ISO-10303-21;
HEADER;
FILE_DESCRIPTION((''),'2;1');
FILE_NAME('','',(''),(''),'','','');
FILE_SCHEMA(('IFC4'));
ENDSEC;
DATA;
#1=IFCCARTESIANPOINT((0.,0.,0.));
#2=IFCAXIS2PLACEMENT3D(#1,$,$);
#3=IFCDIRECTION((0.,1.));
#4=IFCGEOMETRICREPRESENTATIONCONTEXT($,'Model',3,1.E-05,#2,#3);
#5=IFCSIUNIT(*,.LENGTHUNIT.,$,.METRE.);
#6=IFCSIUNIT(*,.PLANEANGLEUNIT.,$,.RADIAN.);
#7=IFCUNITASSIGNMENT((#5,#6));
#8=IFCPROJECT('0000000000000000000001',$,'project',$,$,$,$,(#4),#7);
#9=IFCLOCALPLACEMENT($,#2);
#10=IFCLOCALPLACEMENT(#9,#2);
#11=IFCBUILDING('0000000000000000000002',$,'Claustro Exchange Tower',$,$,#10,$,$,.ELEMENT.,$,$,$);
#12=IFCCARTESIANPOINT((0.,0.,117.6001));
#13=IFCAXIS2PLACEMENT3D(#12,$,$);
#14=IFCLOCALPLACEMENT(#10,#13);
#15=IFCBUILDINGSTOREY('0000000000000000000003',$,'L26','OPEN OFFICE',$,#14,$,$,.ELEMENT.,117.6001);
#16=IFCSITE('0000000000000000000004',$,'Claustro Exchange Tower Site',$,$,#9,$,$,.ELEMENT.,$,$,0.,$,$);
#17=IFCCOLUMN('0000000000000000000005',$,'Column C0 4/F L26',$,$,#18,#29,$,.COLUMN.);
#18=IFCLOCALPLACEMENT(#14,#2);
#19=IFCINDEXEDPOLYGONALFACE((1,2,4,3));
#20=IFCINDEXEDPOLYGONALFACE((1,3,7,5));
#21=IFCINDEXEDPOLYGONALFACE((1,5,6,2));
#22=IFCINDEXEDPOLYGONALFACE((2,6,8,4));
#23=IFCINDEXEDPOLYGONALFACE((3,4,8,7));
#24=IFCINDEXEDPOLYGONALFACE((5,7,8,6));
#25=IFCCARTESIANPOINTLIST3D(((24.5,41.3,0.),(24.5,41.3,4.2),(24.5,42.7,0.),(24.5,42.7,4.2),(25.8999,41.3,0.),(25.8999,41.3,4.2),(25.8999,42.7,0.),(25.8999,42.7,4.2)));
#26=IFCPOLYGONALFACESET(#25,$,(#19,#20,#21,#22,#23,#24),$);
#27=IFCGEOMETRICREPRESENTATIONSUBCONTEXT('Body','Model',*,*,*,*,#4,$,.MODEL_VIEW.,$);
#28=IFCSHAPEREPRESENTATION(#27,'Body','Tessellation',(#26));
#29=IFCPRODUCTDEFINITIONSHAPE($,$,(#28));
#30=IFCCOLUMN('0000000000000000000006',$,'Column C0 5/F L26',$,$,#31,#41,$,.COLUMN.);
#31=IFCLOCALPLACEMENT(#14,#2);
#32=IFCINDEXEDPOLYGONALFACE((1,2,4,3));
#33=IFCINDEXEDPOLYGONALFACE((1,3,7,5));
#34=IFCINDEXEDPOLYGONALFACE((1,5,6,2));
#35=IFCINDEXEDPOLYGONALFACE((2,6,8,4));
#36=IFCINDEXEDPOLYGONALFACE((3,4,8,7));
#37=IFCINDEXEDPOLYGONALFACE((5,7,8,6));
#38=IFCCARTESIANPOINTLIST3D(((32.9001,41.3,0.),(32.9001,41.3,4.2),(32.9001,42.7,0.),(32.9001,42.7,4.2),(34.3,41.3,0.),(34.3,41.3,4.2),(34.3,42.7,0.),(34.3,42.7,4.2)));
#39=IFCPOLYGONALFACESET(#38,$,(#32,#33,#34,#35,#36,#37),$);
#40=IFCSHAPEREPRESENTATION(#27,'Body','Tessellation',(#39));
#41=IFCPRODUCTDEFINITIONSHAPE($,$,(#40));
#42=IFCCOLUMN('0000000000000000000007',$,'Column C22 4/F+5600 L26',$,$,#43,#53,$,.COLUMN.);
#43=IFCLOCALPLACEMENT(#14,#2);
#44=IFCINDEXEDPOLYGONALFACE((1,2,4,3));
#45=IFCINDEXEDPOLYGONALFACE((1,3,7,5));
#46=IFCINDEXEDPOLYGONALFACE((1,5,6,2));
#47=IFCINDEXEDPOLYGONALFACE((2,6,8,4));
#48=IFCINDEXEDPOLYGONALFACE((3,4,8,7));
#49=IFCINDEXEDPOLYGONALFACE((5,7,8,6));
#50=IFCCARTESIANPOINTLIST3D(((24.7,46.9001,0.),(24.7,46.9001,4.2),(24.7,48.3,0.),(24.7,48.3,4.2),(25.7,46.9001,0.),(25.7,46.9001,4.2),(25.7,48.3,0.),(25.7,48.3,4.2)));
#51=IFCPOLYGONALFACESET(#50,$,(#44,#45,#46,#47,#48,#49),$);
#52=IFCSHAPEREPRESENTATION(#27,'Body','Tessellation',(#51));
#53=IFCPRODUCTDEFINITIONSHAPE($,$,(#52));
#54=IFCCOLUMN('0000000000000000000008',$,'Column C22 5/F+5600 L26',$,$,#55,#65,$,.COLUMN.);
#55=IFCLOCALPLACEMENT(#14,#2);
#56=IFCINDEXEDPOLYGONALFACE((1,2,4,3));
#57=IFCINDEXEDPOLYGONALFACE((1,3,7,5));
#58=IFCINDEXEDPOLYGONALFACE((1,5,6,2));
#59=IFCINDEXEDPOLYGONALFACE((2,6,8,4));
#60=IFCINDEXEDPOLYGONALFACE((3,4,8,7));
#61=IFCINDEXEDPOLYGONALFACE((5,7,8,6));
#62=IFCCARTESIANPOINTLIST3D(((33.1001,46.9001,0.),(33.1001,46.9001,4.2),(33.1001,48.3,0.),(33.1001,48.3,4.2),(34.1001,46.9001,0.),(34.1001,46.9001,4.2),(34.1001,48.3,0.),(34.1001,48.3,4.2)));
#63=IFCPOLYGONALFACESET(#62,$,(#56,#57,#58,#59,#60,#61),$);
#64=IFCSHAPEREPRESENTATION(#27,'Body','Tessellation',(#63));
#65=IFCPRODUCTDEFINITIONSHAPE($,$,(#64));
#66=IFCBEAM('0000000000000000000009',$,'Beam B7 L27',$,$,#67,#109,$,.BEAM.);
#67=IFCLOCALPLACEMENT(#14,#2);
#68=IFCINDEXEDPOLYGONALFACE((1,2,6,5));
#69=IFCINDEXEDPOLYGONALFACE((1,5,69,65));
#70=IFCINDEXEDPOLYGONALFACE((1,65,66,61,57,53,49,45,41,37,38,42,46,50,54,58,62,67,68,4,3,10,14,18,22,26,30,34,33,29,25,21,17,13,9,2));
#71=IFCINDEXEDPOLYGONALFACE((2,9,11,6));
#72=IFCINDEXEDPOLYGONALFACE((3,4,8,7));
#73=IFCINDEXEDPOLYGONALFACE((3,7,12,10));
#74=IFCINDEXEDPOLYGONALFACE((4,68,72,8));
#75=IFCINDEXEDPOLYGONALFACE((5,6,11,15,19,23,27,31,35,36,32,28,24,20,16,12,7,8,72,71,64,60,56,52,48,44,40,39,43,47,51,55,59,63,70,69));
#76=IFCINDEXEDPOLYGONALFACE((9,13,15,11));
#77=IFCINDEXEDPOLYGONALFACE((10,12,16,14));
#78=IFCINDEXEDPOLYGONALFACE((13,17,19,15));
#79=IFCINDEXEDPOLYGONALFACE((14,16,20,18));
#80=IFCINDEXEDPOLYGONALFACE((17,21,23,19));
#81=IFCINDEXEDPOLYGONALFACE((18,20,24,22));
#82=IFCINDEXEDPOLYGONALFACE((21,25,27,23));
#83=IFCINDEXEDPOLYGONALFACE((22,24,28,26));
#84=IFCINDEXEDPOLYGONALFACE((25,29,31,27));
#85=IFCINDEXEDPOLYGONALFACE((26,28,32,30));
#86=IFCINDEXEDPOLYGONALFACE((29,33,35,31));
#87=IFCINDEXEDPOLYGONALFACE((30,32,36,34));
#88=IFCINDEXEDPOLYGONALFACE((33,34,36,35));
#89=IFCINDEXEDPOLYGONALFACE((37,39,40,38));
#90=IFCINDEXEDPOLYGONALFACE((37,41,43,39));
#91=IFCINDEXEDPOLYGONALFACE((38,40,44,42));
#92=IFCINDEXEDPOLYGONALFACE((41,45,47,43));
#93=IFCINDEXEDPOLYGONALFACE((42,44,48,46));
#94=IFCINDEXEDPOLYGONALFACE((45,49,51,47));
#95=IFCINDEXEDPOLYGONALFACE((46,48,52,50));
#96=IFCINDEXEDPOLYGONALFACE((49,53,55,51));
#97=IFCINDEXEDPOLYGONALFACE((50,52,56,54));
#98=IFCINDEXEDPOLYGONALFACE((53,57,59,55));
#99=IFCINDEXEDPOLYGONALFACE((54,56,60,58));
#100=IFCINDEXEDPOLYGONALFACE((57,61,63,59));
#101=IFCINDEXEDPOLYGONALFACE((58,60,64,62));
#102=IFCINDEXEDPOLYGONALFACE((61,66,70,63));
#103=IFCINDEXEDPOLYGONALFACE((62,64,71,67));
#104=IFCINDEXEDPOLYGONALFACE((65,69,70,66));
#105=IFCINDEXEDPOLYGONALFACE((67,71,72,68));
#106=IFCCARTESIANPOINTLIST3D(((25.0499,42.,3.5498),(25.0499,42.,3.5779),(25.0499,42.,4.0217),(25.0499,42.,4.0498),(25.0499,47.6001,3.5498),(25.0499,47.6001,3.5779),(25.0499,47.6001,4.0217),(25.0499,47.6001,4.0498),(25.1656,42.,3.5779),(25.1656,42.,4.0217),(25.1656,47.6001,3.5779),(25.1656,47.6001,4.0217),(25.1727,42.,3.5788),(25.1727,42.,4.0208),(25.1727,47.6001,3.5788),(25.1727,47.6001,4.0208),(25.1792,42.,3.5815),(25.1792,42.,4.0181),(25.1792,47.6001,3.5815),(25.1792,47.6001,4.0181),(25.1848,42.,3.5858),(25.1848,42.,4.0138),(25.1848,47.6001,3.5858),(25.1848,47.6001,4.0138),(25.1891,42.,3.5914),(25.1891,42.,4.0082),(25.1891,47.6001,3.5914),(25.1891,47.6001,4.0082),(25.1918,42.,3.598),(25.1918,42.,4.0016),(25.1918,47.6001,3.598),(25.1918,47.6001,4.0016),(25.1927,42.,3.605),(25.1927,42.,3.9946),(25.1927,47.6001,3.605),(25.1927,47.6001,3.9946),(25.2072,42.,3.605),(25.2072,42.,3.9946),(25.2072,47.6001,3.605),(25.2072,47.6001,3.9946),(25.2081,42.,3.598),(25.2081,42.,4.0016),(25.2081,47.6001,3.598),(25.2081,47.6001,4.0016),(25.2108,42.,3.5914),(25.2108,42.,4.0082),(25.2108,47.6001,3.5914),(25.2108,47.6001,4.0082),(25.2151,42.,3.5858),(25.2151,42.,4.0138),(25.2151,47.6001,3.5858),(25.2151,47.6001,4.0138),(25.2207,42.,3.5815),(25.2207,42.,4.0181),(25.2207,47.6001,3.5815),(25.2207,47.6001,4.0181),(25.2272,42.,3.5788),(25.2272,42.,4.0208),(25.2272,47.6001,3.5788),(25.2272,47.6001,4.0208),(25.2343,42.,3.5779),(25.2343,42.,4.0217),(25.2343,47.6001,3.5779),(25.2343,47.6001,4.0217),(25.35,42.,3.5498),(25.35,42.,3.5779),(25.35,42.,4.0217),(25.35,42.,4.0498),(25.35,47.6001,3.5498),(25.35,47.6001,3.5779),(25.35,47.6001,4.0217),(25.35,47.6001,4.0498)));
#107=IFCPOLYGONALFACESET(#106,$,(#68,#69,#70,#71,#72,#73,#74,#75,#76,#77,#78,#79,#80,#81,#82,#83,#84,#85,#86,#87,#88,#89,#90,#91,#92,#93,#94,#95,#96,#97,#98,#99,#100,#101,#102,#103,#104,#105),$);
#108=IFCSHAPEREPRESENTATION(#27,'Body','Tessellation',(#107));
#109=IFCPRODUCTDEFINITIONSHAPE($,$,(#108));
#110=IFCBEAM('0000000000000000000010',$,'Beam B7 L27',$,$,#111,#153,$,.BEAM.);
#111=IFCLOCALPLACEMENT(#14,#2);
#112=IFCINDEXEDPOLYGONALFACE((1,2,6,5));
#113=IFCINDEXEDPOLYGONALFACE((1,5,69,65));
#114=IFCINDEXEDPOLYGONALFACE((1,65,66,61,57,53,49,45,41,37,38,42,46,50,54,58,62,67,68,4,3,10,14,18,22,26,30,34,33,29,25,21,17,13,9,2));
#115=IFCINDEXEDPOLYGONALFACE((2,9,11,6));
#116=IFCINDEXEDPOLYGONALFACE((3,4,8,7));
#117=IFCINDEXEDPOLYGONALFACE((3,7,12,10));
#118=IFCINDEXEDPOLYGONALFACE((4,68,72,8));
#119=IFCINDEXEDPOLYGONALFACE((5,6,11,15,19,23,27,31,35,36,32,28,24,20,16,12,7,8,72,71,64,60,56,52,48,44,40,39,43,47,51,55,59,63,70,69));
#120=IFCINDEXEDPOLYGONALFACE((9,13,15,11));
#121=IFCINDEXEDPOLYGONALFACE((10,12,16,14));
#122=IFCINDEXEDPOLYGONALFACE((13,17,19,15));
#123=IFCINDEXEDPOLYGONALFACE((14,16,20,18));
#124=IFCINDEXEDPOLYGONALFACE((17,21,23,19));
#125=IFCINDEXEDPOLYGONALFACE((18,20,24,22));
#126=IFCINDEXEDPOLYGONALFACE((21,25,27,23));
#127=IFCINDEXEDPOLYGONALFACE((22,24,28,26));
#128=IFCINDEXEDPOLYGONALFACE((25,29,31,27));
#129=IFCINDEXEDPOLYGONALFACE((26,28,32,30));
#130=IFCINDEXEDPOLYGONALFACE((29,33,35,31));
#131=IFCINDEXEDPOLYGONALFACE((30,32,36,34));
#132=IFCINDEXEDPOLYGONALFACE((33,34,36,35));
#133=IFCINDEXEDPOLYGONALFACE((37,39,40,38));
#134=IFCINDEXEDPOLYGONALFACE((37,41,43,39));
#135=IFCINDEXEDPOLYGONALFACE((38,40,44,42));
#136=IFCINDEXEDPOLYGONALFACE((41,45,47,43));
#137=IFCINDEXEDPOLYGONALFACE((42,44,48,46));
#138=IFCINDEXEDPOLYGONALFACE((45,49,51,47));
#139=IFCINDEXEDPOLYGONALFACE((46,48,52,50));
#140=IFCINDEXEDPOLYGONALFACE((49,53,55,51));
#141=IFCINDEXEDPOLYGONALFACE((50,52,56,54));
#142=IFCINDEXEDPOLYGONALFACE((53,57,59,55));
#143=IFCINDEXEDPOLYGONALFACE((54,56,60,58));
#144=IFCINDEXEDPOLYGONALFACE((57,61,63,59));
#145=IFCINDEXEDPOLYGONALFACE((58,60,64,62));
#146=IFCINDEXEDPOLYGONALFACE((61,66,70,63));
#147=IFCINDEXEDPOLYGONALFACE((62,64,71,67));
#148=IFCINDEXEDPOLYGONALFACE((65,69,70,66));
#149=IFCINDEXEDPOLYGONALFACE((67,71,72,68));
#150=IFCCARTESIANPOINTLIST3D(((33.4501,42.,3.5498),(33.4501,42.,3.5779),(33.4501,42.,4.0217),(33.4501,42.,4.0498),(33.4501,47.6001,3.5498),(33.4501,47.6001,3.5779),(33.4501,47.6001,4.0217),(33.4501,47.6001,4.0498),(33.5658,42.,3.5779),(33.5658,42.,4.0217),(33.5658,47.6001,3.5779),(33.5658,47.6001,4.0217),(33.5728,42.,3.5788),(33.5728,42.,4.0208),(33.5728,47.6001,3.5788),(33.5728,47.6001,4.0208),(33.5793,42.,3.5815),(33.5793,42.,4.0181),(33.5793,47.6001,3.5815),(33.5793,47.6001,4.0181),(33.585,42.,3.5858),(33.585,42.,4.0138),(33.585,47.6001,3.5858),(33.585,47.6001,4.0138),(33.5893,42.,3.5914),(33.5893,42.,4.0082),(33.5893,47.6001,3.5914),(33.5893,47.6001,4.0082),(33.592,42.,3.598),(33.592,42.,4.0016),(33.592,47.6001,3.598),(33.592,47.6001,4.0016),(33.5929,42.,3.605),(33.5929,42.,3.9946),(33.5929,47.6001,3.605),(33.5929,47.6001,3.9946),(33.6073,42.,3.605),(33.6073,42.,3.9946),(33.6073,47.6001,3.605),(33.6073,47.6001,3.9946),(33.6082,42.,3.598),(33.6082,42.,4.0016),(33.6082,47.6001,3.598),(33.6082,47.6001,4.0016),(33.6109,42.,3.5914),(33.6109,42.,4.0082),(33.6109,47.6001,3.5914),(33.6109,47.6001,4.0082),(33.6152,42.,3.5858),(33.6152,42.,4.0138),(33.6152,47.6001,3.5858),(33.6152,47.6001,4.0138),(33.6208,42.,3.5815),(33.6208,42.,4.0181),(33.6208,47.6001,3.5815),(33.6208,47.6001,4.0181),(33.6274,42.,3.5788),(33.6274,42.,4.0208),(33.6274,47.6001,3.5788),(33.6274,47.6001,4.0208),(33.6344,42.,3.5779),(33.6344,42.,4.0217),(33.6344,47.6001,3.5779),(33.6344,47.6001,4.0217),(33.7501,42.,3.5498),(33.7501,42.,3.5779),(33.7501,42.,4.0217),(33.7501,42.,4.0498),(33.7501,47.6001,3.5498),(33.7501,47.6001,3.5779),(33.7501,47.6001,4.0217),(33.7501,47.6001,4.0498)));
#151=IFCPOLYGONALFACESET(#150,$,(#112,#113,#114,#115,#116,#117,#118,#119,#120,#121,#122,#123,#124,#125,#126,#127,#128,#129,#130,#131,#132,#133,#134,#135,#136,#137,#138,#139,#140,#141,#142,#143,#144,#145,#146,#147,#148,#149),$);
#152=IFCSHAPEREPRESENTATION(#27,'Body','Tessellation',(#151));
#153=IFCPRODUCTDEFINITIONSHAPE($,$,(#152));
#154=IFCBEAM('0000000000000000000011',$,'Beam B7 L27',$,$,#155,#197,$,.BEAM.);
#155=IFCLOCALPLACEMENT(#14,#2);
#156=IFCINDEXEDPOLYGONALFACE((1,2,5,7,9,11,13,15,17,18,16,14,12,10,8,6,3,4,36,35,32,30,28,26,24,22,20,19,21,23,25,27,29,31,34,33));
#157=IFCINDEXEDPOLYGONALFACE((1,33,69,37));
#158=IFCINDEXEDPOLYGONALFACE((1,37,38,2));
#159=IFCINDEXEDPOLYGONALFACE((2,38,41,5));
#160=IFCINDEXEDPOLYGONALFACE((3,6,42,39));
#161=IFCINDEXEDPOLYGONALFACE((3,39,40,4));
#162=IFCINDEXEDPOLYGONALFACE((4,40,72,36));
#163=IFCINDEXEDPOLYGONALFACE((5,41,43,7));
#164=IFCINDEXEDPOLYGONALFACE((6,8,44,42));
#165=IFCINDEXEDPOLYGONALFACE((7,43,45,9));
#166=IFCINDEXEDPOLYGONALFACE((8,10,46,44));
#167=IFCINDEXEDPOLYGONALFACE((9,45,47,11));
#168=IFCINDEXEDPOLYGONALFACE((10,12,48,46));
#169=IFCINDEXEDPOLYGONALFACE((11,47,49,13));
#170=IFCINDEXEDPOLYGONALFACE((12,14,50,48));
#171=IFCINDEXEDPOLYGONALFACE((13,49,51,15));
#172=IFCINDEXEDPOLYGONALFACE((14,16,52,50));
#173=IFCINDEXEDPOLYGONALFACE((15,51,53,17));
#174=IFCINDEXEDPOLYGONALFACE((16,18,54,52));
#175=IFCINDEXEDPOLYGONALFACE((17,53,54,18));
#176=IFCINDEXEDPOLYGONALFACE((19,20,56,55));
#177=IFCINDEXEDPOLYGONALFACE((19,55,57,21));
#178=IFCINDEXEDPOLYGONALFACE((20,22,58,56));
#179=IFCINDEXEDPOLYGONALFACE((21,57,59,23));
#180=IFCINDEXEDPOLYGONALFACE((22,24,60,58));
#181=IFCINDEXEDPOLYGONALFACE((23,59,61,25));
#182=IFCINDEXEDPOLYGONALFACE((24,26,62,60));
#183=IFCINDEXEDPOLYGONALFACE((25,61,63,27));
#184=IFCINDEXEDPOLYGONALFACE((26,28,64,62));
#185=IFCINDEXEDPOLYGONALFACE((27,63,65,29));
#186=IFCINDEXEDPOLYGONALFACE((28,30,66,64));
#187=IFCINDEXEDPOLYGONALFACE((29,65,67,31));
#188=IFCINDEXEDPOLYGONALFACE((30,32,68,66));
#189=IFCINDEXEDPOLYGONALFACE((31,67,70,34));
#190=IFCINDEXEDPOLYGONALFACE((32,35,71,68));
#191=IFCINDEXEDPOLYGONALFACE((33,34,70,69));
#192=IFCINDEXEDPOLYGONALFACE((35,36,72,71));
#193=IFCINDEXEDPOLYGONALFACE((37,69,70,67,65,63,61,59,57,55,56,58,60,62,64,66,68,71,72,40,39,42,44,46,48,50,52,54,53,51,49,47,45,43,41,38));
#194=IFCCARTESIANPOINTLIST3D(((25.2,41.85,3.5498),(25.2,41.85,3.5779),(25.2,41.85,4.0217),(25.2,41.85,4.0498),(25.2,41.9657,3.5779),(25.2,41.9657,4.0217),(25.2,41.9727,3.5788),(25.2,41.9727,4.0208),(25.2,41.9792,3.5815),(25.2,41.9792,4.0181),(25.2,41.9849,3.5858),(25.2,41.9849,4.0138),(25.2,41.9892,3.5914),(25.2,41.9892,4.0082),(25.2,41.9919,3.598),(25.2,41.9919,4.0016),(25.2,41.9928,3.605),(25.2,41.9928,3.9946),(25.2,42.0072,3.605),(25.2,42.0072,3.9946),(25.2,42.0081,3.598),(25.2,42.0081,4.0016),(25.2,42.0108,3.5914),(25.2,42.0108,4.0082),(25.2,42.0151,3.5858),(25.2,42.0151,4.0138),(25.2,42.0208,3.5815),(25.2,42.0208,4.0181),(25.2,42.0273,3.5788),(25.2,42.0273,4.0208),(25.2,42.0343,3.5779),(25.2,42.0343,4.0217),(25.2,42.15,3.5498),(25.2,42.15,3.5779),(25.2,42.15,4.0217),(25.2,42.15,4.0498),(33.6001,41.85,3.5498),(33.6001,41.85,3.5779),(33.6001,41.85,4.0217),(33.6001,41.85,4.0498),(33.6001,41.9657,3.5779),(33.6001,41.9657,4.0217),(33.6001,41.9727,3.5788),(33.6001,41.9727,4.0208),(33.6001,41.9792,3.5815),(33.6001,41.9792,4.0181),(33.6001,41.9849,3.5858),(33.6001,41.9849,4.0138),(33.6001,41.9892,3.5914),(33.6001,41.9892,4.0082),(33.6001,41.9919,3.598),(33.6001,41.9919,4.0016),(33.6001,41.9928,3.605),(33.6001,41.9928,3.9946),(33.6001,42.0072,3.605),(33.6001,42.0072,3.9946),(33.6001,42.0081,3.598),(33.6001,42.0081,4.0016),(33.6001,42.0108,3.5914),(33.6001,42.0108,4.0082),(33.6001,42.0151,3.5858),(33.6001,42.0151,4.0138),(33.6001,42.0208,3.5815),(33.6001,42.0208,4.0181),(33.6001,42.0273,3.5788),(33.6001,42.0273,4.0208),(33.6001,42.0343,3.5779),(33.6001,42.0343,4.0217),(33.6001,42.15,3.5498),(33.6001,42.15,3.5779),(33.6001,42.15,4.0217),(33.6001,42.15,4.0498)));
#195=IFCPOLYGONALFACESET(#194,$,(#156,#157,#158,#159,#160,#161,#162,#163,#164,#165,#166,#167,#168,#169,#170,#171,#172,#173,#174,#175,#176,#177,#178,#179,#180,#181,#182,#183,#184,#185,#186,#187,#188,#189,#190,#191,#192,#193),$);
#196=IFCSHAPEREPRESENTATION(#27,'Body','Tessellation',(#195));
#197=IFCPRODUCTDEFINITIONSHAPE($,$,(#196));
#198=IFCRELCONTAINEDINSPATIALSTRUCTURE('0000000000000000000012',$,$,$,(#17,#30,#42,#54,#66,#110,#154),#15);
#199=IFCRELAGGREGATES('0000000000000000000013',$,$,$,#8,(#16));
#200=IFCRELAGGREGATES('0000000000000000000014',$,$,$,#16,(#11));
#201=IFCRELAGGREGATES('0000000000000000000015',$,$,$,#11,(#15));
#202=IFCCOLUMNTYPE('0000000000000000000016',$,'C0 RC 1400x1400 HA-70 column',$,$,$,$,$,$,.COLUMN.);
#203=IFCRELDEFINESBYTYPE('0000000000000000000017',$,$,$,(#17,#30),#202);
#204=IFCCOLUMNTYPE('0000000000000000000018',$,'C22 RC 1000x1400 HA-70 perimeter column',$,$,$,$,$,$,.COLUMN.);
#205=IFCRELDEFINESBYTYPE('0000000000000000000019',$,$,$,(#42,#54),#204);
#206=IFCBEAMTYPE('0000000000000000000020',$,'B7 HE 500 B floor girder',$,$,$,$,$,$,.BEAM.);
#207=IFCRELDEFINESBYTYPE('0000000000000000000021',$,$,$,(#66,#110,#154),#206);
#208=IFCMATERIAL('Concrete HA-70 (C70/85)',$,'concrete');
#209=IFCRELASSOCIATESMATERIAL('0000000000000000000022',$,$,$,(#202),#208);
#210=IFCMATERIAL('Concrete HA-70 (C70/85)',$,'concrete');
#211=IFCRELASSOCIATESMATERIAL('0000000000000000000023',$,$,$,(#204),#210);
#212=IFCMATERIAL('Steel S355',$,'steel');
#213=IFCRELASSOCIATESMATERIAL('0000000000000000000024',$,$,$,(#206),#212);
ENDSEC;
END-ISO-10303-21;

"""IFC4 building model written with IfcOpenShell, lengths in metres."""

from ifc_helpers import new_model, si_unit, direction, frame, origin, origin_2d, place, context, subcontext, project, spatial, rectangle, i_section, extrude, material, material_profile, profile_set, type_object, element, save


model = new_model("IFC4")

# Units and contexts
model_context = context("Model", 3, precision=1e-05, world=origin(), true_north=direction((0.0, 1.0)))
body_context = subcontext(model_context, "Body", "Model", "MODEL_VIEW")
ifc_project = project(units=[si_unit("LENGTHUNIT", "METRE"), si_unit("PLANEANGLEUNIT", "RADIAN")], contexts=[model_context])

# Site, building, storey
site_placement = place(None, origin())
site = spatial("IfcSite", under=ifc_project, at=site_placement, Name="Claustro Exchange Tower Site", CompositionType="ELEMENT", RefElevation=0.0)
building_placement = place(site_placement, origin())
building = spatial("IfcBuilding", under=site, at=building_placement, Name="Claustro Exchange Tower", CompositionType="ELEMENT")
storey_placement = place(building_placement, frame((0.0, 0.0, 117.6001)))
storey = spatial("IfcBuildingStorey", under=building, at=storey_placement, Name="L26", Description="OPEN OFFICE", CompositionType="ELEMENT", Elevation=117.6001)

# Columns
ifc_material_1 = material(Name="Concrete HA-70 (C70/85)", Category="concrete")
ifc_material_profile_1 = material_profile(ifc_material_1, rectangle(XDim=1.3999, YDim=1.3999, at=origin_2d()), Name="RC 1400x1400")
ifc_profile_set_1 = profile_set([ifc_material_profile_1], Name="Concrete HA-70 (C70/85)")
column_type_1 = type_object("IfcColumnType", Name="C0 RC 1400x1400 HA-70 column", PredefinedType="COLUMN", material=ifc_profile_set_1)
for number, where, z_axis, x_axis, name in (
    (1, (25.2, 42.0, 0.0), (0.0, 0.0, 1.0), (1.0, 0.0, 0.0), "Column C0 4/F L26"),
    (2, (33.6001, 42.0, 0.0), (0.0, 0.0, 1.0), (1.0, 0.0, 0.0), "Column C0 5/F L26"),
):
    element("IfcColumn", number, at=place(storey_placement, frame(where, z_axis=z_axis, x_axis=x_axis)), inside=storey, type_object=column_type_1, Name=name, PredefinedType="COLUMN", context=body_context, shape_type="SweptSolid", body=[
        extrude(rectangle(XDim=1.3999, YDim=1.3999, at=origin_2d()), origin(), (0.0, 0.0, 1.0), 4.2),
    ])
ifc_material_2 = material(Name="Concrete HA-70 (C70/85)", Category="concrete")
ifc_material_profile_2 = material_profile(ifc_material_2, rectangle(XDim=1.0, YDim=1.3999, at=origin_2d()), Name="RC 1000x1400")
ifc_profile_set_2 = profile_set([ifc_material_profile_2], Name="Concrete HA-70 (C70/85)")
column_type_2 = type_object("IfcColumnType", Name="C22 RC 1000x1400 HA-70 perimeter column", PredefinedType="COLUMN", material=ifc_profile_set_2)
for number, where, z_axis, x_axis, name in (
    (3, (25.2, 47.6001, 0.0), (0.0, 0.0, 1.0), (1.0, 0.0, 0.0), "Column C22 4/F+5600 L26"),
    (4, (33.6001, 47.6001, 0.0), (0.0, 0.0, 1.0), (1.0, 0.0, 0.0), "Column C22 5/F+5600 L26"),
):
    element("IfcColumn", number, at=place(storey_placement, frame(where, z_axis=z_axis, x_axis=x_axis)), inside=storey, type_object=column_type_2, Name=name, PredefinedType="COLUMN", context=body_context, shape_type="SweptSolid", body=[
        extrude(rectangle(XDim=1.0, YDim=1.3999, at=origin_2d()), origin(), (0.0, 0.0, 1.0), 4.2),
    ])

# Beams
ifc_material_3 = material(Name="Steel S355", Category="steel")
ifc_material_profile_3 = material_profile(ifc_material_3, i_section(OverallWidth=0.3, OverallDepth=0.5, WebThickness=0.0144, FlangeThickness=0.0281, FilletRadius=0.0271, at=origin_2d()), Name="HE 500 B")
ifc_profile_set_3 = profile_set([ifc_material_profile_3], Name="Steel S355")
beam_type_1 = type_object("IfcBeamType", Name="B7 HE 500 B floor girder", PredefinedType="BEAM", material=ifc_profile_set_3)
for number, where, z_axis, x_axis, name in (
    (5, (25.2, 42.0, 3.7998), (0.0, 1.0, 0.0), (-1.0, 0.0, 0.0), "Beam B7 L27"),
    (6, (33.6001, 42.0, 3.7998), (0.0, 1.0, 0.0), (-1.0, 0.0, 0.0), "Beam B7 L27"),
):
    element("IfcBeam", number, at=place(storey_placement, frame(where, z_axis=z_axis, x_axis=x_axis)), inside=storey, type_object=beam_type_1, Name=name, PredefinedType="BEAM", context=body_context, shape_type="SweptSolid", body=[
        extrude(i_section(OverallWidth=0.3, OverallDepth=0.5, WebThickness=0.0144, FlangeThickness=0.0281, FilletRadius=0.0271, at=origin_2d()), origin(), (0.0, 0.0, 1.0), 5.6001),
    ])
beam_1_placement = place(storey_placement, frame((25.2, 42.0, 3.7998), z_axis=(1.0, 0.0, 0.0), x_axis=(0.0, 1.0, 0.0)))
element("IfcBeam", 7, at=beam_1_placement, inside=storey, type_object=beam_type_1, Name="Beam B7 L27", PredefinedType="BEAM", context=body_context, shape_type="SweptSolid", body=[
    extrude(i_section(OverallWidth=0.3, OverallDepth=0.5, WebThickness=0.0144, FlangeThickness=0.0281, FilletRadius=0.0271, at=origin_2d()), origin(), (0.0, 0.0, 1.0), 8.4001),
])

save(model, "model.ifc")
